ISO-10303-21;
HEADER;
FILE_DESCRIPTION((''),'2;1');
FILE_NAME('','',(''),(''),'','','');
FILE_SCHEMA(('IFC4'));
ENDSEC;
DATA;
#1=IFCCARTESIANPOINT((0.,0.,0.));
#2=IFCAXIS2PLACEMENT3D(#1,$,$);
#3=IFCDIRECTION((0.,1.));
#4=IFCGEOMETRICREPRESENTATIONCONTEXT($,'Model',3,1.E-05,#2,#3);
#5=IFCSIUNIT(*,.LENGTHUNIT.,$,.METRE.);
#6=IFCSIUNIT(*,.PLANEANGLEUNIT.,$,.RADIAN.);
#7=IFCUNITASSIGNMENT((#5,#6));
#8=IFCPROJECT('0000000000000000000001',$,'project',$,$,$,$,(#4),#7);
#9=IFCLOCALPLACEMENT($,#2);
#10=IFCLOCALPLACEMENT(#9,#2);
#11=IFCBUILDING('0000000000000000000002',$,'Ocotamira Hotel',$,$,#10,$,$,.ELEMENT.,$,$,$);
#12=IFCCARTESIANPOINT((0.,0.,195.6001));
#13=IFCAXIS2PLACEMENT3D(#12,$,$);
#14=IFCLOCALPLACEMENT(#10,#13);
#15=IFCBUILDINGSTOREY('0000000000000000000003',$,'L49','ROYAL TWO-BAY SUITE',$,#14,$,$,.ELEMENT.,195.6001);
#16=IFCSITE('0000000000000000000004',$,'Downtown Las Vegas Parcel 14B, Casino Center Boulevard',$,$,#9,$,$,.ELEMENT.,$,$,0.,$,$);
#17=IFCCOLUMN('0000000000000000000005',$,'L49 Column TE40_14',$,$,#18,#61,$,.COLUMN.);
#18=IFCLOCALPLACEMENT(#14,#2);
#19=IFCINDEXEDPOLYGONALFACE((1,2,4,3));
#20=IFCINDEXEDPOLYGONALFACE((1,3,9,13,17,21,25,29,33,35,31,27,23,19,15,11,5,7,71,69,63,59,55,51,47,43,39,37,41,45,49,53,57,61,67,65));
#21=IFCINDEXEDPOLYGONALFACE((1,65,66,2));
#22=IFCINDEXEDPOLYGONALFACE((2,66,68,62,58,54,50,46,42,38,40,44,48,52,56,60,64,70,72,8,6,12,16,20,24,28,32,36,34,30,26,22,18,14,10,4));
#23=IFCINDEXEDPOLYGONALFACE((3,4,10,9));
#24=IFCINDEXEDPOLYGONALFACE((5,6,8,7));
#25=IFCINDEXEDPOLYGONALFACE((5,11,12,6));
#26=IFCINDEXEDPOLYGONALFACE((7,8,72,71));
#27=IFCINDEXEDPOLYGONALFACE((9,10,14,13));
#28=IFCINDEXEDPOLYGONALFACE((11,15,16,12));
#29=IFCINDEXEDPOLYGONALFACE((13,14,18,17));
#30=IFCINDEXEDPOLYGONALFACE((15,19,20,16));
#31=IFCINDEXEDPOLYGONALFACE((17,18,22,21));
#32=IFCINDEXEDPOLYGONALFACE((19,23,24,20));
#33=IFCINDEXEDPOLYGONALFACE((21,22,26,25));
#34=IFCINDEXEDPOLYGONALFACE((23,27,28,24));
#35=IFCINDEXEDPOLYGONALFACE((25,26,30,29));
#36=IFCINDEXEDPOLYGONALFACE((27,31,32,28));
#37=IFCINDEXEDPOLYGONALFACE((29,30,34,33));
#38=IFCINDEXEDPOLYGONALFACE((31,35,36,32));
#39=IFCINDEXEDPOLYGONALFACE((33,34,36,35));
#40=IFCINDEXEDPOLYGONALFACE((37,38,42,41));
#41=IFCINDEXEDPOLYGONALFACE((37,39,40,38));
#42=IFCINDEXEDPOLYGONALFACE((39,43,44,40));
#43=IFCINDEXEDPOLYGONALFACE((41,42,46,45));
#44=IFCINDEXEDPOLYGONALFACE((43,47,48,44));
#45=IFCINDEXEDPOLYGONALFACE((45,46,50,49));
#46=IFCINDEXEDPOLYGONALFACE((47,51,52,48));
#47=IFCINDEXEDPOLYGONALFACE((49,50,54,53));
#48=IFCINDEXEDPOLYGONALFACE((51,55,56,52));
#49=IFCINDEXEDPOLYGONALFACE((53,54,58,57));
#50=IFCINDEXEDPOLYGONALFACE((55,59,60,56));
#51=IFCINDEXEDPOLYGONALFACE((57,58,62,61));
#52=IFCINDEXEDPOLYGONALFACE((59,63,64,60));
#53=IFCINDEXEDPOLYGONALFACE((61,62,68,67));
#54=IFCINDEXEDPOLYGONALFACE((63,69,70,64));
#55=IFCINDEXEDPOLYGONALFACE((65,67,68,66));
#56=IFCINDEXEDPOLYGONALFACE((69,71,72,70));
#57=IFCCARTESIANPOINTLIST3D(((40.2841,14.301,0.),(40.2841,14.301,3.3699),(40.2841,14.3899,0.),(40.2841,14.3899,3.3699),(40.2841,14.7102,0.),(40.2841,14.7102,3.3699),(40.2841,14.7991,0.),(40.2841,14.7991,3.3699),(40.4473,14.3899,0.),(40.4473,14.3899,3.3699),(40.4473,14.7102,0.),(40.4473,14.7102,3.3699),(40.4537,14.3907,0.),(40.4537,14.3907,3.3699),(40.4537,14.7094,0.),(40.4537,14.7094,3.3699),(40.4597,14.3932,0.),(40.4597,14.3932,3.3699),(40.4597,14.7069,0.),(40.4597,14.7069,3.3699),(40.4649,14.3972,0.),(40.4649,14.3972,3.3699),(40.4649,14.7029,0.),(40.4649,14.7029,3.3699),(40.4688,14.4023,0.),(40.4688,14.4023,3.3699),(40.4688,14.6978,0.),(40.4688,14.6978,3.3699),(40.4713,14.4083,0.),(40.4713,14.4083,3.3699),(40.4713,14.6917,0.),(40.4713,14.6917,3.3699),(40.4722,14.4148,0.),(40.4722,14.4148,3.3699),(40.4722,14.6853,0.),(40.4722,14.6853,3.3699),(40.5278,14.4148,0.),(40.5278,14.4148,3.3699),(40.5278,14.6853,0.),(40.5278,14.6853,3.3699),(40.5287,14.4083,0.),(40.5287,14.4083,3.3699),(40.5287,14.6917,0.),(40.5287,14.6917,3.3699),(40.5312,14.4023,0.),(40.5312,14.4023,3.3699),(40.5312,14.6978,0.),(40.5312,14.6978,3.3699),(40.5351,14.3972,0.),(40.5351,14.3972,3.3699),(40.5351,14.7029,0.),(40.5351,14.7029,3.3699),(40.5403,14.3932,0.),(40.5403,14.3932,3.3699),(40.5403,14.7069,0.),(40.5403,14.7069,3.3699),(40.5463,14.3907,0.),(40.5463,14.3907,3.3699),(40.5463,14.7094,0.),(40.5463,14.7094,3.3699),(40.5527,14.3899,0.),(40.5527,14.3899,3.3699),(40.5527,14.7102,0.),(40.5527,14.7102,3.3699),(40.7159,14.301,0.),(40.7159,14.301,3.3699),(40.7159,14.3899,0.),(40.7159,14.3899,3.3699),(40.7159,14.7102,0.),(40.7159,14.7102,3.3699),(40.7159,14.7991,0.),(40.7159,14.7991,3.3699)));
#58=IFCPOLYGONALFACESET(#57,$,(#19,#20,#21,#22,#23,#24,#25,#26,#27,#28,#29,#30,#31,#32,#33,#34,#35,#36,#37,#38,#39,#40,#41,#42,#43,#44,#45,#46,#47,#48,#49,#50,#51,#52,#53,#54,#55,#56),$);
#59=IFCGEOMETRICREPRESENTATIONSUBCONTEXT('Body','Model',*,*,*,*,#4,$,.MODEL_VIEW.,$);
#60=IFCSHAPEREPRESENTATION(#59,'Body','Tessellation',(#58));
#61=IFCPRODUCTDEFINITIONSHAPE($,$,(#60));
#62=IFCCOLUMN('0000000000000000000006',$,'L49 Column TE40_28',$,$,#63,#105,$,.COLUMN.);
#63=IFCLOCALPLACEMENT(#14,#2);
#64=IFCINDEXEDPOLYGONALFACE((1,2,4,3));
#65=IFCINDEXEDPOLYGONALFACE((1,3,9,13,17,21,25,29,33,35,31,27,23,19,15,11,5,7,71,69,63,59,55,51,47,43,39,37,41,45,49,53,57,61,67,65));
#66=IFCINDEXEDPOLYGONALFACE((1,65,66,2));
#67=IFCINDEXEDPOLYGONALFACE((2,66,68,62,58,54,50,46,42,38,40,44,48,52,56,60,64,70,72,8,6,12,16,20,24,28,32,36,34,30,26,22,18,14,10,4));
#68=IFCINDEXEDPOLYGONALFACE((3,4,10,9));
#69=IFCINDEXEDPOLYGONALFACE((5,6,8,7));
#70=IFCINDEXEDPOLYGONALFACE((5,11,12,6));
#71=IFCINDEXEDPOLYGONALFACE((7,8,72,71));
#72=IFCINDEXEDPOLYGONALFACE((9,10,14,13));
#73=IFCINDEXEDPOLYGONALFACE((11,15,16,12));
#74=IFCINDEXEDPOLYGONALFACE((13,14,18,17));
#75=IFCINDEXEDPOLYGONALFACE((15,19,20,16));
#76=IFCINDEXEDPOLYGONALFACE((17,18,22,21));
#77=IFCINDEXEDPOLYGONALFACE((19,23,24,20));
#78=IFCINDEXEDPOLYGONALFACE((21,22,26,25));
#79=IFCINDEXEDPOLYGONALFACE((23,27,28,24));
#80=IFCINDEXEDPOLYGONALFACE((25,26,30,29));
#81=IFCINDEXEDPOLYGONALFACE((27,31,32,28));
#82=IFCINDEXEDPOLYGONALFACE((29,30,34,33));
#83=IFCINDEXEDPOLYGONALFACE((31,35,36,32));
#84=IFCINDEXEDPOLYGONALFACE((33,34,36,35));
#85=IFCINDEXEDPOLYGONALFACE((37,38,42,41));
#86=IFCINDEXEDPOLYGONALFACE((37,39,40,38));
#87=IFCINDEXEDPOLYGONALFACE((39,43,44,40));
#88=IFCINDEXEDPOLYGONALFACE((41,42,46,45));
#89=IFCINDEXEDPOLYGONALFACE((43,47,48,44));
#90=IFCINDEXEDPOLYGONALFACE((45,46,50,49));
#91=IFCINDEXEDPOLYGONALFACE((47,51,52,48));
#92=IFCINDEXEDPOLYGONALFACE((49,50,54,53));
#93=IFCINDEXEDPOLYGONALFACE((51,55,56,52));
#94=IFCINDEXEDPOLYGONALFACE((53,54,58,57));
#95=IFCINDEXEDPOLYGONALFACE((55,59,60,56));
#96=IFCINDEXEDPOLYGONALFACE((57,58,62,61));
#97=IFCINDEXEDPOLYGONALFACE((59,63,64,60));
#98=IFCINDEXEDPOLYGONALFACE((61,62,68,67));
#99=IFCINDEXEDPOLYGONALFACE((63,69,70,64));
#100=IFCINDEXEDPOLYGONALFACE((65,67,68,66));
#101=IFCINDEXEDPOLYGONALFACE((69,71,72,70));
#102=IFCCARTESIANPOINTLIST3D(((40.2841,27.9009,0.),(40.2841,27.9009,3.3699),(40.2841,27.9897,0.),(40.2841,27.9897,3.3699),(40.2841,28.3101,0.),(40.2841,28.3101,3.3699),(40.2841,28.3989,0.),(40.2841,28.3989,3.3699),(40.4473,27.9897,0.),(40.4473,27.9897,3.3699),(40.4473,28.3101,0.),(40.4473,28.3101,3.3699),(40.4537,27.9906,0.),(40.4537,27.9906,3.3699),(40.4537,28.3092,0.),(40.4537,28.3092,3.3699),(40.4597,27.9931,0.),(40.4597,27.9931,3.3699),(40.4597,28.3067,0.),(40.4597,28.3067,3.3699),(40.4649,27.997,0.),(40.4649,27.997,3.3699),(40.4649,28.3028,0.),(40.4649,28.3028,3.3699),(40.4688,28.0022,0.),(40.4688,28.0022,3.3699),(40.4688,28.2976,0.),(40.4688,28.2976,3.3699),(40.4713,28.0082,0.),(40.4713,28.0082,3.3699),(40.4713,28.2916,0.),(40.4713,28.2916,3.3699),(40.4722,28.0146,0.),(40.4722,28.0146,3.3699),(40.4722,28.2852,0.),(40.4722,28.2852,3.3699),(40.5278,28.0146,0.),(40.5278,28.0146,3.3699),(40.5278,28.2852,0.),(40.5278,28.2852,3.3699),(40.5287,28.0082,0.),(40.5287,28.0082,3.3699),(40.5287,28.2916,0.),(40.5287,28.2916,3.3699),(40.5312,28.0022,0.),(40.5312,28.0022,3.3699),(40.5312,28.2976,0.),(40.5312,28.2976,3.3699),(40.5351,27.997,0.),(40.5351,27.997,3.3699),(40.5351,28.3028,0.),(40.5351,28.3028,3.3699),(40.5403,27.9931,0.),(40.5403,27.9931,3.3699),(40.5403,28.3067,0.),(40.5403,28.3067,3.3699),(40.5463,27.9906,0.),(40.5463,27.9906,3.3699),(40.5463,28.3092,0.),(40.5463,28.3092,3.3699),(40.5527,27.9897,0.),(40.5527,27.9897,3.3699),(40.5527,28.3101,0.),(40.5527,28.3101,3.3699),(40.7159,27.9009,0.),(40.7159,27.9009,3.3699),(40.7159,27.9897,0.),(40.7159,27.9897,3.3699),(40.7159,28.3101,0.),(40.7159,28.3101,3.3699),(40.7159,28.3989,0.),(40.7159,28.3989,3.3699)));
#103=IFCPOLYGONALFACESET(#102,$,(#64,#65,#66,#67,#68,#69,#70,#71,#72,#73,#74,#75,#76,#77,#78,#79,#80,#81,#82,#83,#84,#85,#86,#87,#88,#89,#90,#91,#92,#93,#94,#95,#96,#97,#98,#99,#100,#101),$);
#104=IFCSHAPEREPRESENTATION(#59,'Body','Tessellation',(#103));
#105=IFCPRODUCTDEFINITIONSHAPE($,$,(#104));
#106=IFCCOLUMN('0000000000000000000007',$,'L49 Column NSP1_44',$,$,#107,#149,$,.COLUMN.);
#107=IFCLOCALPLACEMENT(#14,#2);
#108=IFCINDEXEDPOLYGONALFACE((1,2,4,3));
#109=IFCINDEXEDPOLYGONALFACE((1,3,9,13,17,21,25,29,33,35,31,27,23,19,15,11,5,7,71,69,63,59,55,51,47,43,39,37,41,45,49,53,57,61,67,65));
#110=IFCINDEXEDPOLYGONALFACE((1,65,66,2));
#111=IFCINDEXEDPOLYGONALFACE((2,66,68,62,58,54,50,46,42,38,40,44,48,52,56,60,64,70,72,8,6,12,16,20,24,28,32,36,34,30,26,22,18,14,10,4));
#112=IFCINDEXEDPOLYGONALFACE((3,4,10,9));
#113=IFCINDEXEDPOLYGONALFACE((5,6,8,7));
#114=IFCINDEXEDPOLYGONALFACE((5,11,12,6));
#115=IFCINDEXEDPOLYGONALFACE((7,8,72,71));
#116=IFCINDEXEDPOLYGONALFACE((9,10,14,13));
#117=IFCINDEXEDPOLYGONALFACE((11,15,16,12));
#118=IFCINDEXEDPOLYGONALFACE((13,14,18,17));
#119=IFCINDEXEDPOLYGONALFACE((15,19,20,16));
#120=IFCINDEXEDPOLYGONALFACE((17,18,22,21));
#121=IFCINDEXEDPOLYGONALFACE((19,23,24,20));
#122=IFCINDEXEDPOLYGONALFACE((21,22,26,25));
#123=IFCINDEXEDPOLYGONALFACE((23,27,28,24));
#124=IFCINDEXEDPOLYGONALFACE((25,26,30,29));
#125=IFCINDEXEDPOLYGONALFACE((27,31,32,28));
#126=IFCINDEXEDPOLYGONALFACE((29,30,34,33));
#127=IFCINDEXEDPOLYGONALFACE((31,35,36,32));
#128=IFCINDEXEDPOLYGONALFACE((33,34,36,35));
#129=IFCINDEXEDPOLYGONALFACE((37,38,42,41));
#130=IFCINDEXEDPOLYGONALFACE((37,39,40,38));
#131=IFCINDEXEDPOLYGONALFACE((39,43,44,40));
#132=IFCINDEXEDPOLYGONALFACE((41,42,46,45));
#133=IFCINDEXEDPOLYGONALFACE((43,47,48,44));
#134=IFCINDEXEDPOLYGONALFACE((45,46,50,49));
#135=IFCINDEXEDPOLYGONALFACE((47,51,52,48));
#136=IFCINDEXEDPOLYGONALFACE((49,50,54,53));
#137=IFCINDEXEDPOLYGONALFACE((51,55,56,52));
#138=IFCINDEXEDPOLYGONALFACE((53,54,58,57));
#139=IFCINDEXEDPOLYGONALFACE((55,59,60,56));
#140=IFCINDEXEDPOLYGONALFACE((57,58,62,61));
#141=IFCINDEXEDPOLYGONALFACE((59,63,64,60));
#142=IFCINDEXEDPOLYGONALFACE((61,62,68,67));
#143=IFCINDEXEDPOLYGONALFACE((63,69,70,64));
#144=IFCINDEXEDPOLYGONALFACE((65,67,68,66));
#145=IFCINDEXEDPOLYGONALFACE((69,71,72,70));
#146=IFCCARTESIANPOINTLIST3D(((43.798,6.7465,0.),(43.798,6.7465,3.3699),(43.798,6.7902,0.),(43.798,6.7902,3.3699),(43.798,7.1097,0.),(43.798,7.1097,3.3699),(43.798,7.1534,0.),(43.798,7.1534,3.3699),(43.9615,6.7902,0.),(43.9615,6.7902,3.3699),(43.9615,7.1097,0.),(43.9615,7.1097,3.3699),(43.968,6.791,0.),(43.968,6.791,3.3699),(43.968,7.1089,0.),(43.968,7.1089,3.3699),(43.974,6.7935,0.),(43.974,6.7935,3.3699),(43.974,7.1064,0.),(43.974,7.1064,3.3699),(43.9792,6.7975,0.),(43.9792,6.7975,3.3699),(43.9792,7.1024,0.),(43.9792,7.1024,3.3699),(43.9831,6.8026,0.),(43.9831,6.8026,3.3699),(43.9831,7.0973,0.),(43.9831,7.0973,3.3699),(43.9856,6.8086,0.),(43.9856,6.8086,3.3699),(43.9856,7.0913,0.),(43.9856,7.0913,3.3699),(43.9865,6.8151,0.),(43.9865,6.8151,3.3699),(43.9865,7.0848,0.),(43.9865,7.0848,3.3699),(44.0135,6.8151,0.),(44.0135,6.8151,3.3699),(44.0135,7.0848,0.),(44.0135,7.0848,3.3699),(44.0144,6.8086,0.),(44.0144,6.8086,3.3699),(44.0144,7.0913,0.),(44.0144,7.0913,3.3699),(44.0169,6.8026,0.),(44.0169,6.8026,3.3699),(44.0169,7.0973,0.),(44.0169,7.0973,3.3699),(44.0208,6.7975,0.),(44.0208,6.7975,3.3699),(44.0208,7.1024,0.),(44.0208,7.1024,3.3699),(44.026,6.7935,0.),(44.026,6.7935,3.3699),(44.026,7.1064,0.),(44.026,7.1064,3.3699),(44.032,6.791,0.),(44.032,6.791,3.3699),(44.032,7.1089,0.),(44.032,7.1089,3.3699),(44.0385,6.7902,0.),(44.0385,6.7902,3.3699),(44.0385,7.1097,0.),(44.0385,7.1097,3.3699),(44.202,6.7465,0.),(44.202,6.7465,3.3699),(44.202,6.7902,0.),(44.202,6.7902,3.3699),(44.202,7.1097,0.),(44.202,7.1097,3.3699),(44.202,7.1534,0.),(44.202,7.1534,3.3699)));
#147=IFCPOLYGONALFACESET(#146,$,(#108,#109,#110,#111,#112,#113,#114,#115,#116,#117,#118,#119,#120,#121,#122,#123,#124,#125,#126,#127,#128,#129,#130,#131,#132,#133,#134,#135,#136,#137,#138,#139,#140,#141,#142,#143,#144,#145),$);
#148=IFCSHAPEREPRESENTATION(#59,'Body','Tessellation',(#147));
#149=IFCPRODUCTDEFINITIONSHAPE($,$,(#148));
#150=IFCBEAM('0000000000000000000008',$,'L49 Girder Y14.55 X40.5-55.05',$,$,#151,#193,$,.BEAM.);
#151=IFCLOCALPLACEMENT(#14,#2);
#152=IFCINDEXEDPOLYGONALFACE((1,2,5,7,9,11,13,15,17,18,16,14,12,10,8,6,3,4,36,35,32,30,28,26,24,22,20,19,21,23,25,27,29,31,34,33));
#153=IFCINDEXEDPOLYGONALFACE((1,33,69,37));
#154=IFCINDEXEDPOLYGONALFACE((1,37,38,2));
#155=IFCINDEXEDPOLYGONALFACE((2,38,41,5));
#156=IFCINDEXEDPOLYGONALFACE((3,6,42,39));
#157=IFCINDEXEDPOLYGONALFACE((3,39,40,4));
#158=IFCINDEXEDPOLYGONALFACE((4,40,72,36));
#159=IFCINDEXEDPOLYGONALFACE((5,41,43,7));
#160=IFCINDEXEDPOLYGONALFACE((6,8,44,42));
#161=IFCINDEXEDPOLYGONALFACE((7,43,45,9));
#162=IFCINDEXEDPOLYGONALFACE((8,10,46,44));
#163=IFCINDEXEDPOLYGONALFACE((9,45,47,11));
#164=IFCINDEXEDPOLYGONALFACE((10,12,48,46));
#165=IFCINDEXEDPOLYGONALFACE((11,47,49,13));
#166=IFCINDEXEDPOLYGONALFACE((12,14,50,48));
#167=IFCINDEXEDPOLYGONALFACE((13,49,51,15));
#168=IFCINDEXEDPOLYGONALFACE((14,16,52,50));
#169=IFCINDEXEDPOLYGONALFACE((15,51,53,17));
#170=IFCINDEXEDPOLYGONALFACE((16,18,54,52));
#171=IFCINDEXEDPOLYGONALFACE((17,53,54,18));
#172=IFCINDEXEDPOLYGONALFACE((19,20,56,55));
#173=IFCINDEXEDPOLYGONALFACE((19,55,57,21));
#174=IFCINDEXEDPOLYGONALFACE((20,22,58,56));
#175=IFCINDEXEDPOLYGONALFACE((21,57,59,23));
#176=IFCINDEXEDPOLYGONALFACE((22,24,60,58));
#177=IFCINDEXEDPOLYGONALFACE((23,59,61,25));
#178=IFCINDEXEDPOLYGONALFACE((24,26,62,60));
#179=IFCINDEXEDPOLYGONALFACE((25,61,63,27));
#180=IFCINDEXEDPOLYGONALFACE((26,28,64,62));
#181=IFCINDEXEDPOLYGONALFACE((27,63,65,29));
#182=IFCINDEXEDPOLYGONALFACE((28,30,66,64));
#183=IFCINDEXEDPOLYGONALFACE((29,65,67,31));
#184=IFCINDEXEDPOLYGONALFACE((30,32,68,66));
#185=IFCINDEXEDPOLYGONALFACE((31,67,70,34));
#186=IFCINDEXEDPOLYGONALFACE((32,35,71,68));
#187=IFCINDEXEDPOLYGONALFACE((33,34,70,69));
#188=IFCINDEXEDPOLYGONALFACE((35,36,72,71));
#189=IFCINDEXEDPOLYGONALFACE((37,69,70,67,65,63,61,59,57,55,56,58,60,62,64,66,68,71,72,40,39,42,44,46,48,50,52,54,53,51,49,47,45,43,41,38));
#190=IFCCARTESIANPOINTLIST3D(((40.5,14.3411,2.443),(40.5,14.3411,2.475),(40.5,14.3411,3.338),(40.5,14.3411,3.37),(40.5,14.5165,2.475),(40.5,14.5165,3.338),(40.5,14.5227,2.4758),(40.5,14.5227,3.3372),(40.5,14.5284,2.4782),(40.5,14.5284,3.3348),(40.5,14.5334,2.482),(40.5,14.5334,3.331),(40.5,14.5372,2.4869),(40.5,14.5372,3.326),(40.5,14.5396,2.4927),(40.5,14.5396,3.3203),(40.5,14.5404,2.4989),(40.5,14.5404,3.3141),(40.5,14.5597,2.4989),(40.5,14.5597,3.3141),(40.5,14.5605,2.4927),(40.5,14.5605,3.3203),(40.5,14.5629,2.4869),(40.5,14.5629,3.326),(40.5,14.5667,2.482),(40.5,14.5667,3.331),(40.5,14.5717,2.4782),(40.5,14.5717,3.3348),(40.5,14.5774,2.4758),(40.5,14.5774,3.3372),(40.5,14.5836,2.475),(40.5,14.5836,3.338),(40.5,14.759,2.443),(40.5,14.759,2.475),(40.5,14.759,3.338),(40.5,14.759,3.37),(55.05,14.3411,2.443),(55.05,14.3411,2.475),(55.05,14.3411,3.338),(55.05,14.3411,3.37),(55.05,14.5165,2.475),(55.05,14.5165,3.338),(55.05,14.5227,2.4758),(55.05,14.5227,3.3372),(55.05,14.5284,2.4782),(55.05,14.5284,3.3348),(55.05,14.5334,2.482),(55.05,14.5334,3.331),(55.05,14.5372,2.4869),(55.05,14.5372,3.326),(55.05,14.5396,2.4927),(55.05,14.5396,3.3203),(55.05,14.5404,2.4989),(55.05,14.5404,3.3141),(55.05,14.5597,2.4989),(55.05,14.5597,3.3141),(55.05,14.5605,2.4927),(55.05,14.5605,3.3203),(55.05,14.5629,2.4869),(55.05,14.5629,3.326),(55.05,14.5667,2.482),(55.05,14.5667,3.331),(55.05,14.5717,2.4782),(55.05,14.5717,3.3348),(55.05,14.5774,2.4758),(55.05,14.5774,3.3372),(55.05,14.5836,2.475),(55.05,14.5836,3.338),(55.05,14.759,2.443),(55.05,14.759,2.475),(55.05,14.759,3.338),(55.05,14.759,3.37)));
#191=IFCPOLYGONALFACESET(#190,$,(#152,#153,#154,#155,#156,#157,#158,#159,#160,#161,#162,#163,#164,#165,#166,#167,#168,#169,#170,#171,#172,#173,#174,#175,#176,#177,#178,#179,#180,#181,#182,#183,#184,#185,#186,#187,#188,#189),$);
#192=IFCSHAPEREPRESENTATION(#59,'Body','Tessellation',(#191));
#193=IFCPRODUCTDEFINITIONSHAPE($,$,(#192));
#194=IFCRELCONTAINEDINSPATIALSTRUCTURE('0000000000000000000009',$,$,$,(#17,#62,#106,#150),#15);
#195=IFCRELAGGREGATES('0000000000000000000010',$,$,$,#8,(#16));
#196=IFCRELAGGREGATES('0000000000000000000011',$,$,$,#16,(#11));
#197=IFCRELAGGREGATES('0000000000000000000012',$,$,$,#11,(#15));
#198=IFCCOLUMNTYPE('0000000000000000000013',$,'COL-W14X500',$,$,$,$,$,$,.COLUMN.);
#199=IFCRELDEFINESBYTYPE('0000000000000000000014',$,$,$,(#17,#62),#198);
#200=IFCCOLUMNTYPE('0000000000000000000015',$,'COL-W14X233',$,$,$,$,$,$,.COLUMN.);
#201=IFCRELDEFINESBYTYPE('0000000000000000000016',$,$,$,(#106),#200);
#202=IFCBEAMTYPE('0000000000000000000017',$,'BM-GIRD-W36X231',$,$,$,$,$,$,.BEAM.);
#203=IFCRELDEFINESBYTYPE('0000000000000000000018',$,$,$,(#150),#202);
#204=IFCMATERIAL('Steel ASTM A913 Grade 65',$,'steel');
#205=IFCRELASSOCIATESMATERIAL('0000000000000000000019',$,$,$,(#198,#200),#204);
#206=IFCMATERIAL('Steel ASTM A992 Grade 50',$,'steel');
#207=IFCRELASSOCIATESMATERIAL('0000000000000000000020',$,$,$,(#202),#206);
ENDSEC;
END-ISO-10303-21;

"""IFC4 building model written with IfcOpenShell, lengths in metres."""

from ifc_helpers import new_model, si_unit, direction, frame, origin, origin_2d, place, context, subcontext, project, spatial, i_section, extrude, source, transform, mapped, material, material_profile, profile_set, type_object, element, save


model = new_model("IFC4")

# Units and contexts
model_context = context("Model", 3, precision=1e-05, world=origin(), true_north=direction((0.0, 1.0)))
body_context = subcontext(model_context, "Body", "Model", "MODEL_VIEW")
ifc_project = project(units=[si_unit("LENGTHUNIT", "METRE"), si_unit("PLANEANGLEUNIT", "RADIAN")], contexts=[model_context])

# Site, building, storey
site_placement = place(None, origin())
site = spatial("IfcSite", under=ifc_project, at=site_placement, Name="Downtown Las Vegas Parcel 14B, Casino Center Boulevard", CompositionType="ELEMENT", RefElevation=0.0)
building_placement = place(site_placement, origin())
building = spatial("IfcBuilding", under=site, at=building_placement, Name="Ocotamira Hotel", CompositionType="ELEMENT")
storey_placement = place(building_placement, frame((0.0, 0.0, 195.6001)))
storey = spatial("IfcBuildingStorey", under=building, at=storey_placement, Name="L49", Description="ROYAL TWO-BAY SUITE", CompositionType="ELEMENT", Elevation=195.6001)

# Columns
ifc_material_1 = material(Name="Steel ASTM A913 Grade 65", Category="steel")
ifc_material_profile_1 = material_profile(ifc_material_1, i_section(OverallWidth=0.4319, OverallDepth=0.498, WebThickness=0.0557, FlangeThickness=0.0889, FilletRadius=0.0249, at=origin_2d()), Name="W14X500")
ifc_profile_set_1 = profile_set([ifc_material_profile_1], Name="Steel ASTM A913 Grade 65")
column_type_1 = type_object("IfcColumnType", Name="COL-W14X500", PredefinedType="COLUMN", material=ifc_profile_set_1)
shared_shape_1 = source(origin(), body_context, "Body", "SweptSolid", [
    extrude(i_section(OverallWidth=0.4319, OverallDepth=0.498, WebThickness=0.0557, FlangeThickness=0.0889, FilletRadius=0.0249, at=origin_2d()), origin(), (0.0, 0.0, 1.0), 3.3699),
])
for number, where, z_axis, x_axis, name in (
    (1, (40.5, 14.55, 0.0), (0.0, 0.0, 1.0), (1.0, 0.0, 0.0), "L49 Column TE40_14"),
    (2, (40.5, 28.1499, 0.0), (0.0, 0.0, 1.0), (1.0, 0.0, 0.0), "L49 Column TE40_28"),
):
    element("IfcColumn", number, at=place(storey_placement, frame(where, z_axis=z_axis, x_axis=x_axis)), inside=storey, type_object=column_type_1, Name=name, PredefinedType="COLUMN", context=body_context, shape_type="MappedRepresentation", body=[
        mapped(shared_shape_1, transform((0.0, 0.0, 0.0), scale=1.0)),
    ])
ifc_material_profile_2 = material_profile(ifc_material_1, i_section(OverallWidth=0.4041, OverallDepth=0.407, WebThickness=0.0271, FlangeThickness=0.0437, FilletRadius=0.0249, at=origin_2d()), Name="W14X233")
ifc_profile_set_2 = profile_set([ifc_material_profile_2], Name="Steel ASTM A913 Grade 65")
column_type_2 = type_object("IfcColumnType", Name="COL-W14X233", PredefinedType="COLUMN", material=ifc_profile_set_2)
shared_shape_2 = source(origin(), body_context, "Body", "SweptSolid", [
    extrude(i_section(OverallWidth=0.4041, OverallDepth=0.407, WebThickness=0.0271, FlangeThickness=0.0437, FilletRadius=0.0249, at=origin_2d()), origin(), (0.0, 0.0, 1.0), 3.3699),
])
column_placement = place(storey_placement, frame((44.0, 6.95, 0.0), z_axis=(0.0, 0.0, 1.0), x_axis=(1.0, 0.0, 0.0)))
element("IfcColumn", 3, at=column_placement, inside=storey, type_object=column_type_2, Name="L49 Column NSP1_44", PredefinedType="COLUMN", context=body_context, shape_type="MappedRepresentation", body=[
    mapped(shared_shape_2, transform((0.0, 0.0, 0.0), scale=1.0)),
])

# Beam
ifc_material_2 = material(Name="Steel ASTM A992 Grade 50", Category="steel")
ifc_material_profile_3 = material_profile(ifc_material_2, i_section(OverallWidth=0.418, OverallDepth=0.927, WebThickness=0.0193, FlangeThickness=0.032, FilletRadius=0.0239, at=origin_2d()), Name="W36X231")
ifc_profile_set_3 = profile_set([ifc_material_profile_3], Name="Steel ASTM A992 Grade 50")
beam_type_1 = type_object("IfcBeamType", Name="BM-GIRD-W36X231", PredefinedType="BEAM", material=ifc_profile_set_3)
shared_shape_3 = source(origin(), body_context, "Body", "SweptSolid", [
    extrude(i_section(OverallWidth=0.418, OverallDepth=0.927, WebThickness=0.0193, FlangeThickness=0.032, FilletRadius=0.0239, at=origin_2d()), origin(), (0.0, 0.0, 1.0), 14.55),
])
for number, where, z_axis, x_axis, name in (
    (4, (40.5, 14.55, 2.9065), (1.0, 0.0, 0.0), (0.0, 1.0, 0.0), "L49 Girder Y14.55 X40.5-55.05"),
):
    element("IfcBeam", number, at=place(storey_placement, frame(where, z_axis=z_axis, x_axis=x_axis)), inside=storey, type_object=beam_type_1, Name=name, PredefinedType="BEAM", context=body_context, shape_type="MappedRepresentation", body=[
        mapped(shared_shape_3, transform((0.0, 0.0, 0.0), scale=1.0)),
    ])

save(model, "model.ifc")
